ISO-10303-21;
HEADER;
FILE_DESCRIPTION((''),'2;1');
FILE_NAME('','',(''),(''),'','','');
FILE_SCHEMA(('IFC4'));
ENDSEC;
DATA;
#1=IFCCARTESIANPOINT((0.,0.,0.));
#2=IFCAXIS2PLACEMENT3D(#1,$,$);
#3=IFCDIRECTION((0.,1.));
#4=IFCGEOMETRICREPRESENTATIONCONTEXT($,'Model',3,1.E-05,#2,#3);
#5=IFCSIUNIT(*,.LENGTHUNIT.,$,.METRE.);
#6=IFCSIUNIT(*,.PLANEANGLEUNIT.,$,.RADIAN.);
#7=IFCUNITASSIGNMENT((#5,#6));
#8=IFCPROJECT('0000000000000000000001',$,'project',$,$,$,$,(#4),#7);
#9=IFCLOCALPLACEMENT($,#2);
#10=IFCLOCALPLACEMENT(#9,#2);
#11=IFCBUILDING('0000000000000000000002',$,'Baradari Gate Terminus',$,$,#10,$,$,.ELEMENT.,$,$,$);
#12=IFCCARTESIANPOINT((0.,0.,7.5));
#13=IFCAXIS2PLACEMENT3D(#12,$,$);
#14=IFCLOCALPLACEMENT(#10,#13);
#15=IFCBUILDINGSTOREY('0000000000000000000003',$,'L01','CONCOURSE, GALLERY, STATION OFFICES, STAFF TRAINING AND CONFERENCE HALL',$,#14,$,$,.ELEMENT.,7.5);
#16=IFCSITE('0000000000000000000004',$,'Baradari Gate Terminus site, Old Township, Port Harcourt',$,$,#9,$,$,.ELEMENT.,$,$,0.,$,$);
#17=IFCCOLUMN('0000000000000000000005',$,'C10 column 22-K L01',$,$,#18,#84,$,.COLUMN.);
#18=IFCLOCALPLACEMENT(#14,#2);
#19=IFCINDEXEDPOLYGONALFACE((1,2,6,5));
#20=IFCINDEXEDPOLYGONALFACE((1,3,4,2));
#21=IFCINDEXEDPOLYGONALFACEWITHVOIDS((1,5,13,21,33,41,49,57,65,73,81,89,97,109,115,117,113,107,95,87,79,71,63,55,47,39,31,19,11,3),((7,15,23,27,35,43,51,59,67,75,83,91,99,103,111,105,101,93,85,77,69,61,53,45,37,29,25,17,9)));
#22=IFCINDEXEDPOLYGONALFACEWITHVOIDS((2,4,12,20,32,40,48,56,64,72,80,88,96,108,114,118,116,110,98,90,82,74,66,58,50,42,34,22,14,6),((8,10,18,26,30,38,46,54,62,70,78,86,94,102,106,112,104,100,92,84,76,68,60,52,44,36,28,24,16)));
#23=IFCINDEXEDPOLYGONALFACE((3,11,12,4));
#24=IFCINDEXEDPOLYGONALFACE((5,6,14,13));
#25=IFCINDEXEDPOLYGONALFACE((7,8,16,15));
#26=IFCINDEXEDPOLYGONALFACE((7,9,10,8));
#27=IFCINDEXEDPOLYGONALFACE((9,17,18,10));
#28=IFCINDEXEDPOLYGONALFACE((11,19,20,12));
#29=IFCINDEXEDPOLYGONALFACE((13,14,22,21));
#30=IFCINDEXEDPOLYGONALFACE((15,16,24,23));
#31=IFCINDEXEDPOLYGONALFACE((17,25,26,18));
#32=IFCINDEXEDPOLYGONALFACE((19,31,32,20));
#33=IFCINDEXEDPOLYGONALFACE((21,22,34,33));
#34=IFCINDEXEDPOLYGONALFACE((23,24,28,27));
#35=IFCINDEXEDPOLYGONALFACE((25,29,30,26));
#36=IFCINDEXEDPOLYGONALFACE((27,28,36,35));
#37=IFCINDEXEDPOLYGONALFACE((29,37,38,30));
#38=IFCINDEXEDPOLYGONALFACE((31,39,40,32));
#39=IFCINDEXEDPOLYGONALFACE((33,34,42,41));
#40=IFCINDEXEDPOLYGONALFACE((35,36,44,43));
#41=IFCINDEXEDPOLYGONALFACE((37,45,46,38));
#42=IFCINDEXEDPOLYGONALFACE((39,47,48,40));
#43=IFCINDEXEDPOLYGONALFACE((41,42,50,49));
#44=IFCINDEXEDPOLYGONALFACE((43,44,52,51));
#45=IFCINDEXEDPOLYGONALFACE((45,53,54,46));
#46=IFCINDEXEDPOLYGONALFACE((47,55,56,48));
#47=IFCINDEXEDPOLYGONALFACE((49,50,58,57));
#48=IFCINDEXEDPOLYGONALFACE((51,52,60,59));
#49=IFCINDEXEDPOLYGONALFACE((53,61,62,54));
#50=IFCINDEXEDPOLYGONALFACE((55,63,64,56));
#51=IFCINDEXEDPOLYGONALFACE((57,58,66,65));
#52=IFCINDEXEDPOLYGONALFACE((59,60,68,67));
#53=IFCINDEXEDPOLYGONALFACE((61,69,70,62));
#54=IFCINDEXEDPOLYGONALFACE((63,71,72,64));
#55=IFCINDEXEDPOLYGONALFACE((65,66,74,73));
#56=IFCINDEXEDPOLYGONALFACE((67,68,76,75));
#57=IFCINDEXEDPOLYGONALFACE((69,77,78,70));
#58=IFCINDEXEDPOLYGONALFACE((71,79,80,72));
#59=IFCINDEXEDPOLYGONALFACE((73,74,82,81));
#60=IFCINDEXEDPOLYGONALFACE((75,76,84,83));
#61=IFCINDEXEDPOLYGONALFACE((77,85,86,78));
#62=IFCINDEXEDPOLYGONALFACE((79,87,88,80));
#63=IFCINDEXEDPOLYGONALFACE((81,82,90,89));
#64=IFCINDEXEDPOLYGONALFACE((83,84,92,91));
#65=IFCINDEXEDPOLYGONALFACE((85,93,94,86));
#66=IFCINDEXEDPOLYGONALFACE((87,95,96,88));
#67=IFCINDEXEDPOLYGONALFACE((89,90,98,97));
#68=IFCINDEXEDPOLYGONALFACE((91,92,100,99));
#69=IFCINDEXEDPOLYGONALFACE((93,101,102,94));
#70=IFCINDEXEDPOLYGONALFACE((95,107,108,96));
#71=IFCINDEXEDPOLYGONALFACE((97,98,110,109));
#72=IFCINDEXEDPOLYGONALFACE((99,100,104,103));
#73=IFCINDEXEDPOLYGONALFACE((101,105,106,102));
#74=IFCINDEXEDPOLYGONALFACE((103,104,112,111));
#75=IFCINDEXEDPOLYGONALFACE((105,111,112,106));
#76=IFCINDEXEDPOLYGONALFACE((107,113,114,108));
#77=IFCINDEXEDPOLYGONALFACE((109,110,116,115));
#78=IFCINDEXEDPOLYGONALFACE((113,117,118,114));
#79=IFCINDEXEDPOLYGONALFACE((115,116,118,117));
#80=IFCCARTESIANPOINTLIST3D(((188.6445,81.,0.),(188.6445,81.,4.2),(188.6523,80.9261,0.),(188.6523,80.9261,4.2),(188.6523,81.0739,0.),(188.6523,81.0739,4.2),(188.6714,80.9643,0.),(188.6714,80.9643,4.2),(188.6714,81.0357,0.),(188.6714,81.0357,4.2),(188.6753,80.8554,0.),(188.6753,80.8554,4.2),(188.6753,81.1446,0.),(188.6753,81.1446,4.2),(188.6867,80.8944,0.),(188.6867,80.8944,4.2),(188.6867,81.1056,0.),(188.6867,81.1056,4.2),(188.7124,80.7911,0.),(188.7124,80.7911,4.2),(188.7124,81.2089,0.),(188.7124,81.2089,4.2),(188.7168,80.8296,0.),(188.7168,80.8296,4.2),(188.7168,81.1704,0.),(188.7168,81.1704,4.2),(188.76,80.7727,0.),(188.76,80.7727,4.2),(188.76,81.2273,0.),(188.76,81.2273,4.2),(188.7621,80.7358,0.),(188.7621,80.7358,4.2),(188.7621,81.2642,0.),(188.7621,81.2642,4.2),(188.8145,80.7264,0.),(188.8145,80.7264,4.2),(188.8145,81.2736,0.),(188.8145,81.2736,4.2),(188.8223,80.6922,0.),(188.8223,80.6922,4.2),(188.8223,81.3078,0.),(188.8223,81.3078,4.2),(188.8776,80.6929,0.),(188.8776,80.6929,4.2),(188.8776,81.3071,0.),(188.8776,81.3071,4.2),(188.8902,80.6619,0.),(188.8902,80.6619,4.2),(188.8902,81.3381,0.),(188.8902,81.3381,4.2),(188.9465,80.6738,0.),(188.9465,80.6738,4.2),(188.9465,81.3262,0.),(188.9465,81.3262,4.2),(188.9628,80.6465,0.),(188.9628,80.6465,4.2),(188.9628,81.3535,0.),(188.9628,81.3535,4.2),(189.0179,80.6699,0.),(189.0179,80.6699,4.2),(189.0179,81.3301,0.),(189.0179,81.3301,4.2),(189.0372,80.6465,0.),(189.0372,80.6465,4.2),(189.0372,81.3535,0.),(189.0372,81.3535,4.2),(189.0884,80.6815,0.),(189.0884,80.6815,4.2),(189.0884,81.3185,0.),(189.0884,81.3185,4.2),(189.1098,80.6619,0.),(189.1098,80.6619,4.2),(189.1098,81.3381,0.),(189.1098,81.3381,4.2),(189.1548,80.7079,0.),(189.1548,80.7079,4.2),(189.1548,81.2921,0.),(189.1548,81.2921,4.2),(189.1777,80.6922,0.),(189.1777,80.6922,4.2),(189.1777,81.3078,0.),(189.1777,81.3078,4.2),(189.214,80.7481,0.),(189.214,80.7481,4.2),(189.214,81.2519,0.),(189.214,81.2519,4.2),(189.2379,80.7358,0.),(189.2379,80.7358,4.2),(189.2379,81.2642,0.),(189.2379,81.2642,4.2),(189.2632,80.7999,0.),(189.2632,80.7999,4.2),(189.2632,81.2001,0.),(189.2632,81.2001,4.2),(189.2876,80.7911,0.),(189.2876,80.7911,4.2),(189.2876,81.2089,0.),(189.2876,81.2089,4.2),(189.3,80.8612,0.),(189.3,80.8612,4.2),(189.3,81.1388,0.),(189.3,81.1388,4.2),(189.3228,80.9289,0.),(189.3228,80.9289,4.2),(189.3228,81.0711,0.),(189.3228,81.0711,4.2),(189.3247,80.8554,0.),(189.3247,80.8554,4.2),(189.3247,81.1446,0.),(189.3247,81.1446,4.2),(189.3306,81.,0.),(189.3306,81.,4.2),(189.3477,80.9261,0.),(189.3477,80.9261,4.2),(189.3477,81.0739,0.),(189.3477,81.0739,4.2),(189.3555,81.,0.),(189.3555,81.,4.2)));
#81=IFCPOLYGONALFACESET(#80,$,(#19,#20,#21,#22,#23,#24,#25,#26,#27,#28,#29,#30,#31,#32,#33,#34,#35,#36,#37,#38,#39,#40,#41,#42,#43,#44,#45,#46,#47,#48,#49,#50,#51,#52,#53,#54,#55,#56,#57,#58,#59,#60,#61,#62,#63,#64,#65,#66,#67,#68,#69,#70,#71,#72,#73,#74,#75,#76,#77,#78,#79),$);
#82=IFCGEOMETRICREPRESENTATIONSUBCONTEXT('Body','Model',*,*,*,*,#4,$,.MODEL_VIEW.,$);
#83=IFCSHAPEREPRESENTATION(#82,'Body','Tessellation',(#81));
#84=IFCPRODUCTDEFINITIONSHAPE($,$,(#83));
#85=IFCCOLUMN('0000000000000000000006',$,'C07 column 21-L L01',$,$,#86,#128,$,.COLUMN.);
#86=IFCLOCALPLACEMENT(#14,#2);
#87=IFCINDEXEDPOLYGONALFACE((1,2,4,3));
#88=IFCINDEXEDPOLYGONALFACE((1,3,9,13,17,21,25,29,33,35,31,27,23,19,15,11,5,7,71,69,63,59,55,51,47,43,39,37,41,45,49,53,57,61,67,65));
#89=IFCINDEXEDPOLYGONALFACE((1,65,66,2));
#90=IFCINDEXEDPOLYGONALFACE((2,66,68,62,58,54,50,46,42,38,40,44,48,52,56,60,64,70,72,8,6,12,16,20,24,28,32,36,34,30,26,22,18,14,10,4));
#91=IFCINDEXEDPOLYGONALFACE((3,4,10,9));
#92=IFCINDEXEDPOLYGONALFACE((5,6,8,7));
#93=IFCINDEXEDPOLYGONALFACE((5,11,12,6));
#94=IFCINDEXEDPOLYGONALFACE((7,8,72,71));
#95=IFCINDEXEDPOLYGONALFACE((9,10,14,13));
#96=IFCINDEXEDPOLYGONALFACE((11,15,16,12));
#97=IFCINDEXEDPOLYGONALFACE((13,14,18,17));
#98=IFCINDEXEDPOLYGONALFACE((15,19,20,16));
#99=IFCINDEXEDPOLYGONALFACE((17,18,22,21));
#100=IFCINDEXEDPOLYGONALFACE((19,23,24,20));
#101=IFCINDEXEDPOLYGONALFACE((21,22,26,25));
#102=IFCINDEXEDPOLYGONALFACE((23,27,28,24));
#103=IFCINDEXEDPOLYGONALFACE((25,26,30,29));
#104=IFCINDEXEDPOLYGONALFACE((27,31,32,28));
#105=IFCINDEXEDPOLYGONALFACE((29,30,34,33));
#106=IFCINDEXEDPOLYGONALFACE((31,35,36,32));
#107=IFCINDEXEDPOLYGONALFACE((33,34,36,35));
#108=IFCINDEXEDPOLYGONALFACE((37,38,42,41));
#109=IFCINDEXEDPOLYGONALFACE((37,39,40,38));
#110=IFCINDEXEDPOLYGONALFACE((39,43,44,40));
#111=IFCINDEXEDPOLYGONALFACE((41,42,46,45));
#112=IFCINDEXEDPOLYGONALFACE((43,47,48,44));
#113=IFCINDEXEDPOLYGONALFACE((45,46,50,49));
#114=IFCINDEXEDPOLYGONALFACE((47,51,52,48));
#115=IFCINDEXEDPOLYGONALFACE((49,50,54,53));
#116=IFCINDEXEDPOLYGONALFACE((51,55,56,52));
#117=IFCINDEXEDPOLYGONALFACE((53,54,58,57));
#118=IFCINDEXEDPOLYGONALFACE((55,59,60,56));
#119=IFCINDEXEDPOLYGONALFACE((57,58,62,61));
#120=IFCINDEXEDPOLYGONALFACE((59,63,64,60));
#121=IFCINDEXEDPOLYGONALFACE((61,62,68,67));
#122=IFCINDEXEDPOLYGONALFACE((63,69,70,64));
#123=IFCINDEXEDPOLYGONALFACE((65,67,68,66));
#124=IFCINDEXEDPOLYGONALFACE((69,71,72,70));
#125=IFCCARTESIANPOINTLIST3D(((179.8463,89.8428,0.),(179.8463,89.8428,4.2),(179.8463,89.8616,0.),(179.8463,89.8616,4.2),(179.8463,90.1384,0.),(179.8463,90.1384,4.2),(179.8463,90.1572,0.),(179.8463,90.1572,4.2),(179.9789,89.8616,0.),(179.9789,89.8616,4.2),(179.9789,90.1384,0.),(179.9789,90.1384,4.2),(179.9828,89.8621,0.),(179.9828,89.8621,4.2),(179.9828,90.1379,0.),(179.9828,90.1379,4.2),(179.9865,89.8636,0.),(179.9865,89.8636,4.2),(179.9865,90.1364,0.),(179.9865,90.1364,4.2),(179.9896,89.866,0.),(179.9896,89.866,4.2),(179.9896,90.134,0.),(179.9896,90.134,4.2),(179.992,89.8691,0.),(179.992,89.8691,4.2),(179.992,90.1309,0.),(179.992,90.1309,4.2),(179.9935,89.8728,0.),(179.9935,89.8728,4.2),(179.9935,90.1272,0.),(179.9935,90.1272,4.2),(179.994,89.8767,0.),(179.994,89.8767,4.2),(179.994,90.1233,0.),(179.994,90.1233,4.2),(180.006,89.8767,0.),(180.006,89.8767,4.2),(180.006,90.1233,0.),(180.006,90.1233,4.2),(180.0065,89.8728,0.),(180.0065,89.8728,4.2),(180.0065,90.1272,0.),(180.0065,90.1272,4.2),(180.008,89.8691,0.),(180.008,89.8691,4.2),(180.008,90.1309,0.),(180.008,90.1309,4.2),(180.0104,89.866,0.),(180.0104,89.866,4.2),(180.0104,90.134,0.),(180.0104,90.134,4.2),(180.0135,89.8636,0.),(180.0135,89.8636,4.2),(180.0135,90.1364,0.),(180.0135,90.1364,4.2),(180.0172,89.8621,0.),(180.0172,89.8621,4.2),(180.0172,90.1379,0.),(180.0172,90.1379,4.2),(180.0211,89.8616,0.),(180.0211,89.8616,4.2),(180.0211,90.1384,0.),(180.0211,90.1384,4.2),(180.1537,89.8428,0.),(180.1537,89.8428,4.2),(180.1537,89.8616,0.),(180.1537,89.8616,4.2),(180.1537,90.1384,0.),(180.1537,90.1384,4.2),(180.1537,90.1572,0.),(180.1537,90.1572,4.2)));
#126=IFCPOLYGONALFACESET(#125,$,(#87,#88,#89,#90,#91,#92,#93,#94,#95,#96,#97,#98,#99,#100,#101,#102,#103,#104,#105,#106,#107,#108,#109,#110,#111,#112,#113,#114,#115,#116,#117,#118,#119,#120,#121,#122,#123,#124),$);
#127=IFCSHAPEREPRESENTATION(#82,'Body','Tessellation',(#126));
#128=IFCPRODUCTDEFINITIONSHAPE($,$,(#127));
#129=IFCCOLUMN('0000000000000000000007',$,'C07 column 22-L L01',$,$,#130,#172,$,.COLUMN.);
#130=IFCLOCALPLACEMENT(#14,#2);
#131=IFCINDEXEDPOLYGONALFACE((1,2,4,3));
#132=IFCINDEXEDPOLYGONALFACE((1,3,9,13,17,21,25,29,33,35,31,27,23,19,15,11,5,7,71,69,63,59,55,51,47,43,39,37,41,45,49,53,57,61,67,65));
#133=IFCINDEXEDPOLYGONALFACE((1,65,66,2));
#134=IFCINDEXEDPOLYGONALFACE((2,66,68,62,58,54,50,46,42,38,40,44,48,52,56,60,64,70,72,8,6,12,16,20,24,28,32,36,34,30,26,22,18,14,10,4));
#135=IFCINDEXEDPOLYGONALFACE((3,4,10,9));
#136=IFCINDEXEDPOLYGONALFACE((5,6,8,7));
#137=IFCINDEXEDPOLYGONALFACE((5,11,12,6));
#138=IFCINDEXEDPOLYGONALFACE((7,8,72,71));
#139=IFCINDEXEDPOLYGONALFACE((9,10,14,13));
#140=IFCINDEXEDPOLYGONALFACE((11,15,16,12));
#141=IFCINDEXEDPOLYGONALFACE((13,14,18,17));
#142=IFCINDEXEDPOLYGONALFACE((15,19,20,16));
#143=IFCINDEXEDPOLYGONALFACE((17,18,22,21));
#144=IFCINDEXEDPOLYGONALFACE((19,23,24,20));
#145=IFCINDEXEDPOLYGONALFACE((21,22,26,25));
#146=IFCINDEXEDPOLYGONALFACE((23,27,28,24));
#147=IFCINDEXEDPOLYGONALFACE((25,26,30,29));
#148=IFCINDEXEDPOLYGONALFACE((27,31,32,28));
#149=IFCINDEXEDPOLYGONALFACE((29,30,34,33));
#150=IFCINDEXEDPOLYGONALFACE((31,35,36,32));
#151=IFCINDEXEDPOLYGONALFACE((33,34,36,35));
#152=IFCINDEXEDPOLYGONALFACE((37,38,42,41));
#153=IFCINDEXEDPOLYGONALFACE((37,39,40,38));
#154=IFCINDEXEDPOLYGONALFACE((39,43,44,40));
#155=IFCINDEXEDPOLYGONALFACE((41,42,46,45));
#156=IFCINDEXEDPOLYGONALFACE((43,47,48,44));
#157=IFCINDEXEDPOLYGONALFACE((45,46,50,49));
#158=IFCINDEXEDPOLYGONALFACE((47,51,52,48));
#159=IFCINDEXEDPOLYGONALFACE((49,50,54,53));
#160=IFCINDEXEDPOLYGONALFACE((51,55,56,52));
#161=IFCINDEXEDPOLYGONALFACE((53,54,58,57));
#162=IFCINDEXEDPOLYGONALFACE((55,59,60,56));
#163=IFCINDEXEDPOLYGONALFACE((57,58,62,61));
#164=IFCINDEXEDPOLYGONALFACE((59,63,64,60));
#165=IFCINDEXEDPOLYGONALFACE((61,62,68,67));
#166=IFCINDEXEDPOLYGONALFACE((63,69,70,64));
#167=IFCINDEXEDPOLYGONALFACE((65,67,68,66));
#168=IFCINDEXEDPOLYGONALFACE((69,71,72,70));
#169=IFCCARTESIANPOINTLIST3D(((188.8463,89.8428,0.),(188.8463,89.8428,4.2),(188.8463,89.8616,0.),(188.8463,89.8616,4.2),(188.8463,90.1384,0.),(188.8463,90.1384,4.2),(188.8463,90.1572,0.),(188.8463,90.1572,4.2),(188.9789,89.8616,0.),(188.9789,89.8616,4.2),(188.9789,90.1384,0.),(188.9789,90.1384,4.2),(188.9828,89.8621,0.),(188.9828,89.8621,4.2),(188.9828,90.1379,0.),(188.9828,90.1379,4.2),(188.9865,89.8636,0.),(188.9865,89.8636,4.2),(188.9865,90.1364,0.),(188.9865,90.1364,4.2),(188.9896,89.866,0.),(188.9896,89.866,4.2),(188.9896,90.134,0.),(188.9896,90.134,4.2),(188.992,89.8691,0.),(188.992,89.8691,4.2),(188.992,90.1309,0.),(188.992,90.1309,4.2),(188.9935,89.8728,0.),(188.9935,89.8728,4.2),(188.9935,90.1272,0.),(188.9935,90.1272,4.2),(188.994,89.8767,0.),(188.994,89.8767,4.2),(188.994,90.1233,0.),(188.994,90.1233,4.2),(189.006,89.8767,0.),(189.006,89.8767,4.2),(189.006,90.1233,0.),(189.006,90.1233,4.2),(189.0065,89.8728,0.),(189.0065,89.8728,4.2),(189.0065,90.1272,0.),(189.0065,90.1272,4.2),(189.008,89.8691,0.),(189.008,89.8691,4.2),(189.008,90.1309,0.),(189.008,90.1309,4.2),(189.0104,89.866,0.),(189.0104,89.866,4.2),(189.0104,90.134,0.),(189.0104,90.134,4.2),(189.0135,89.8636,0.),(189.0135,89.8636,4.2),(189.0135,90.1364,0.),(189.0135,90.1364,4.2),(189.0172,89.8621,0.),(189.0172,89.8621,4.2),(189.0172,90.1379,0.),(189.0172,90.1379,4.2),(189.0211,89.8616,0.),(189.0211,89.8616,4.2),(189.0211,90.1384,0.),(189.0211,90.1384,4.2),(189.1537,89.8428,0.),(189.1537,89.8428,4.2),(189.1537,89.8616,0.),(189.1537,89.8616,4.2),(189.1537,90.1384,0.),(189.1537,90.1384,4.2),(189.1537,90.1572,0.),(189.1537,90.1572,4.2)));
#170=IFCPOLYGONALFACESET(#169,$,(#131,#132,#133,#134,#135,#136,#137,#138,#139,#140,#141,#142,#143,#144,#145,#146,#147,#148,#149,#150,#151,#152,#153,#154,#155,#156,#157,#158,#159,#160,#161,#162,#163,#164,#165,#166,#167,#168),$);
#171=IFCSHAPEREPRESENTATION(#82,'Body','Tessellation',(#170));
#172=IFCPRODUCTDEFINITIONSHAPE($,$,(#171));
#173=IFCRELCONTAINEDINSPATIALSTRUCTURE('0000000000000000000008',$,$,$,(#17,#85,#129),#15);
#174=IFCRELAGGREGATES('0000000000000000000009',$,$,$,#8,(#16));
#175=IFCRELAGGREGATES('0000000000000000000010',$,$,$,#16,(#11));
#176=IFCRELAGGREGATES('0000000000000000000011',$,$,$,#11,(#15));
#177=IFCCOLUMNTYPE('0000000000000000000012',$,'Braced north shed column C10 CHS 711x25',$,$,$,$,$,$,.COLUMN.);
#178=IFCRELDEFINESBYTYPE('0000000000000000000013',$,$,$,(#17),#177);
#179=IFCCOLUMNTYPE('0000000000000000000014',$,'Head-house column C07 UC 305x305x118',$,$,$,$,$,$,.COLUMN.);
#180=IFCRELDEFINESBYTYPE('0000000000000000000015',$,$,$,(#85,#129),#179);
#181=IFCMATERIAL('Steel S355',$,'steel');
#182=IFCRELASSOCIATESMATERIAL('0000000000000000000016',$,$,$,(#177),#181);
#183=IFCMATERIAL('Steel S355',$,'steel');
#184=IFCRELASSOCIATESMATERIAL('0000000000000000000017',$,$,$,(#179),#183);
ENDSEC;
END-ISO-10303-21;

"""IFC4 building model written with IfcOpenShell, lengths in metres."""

from ifc_helpers import new_model, si_unit, direction, frame, origin, origin_2d, place, context, subcontext, project, spatial, hollow_circle, i_section, extrude, material, material_profile, profile_set, type_object, element, save


model = new_model("IFC4")

# Units and contexts
model_context = context("Model", 3, precision=1e-05, world=origin(), true_north=direction((0.0, 1.0)))
body_context = subcontext(model_context, "Body", "Model", "MODEL_VIEW")
ifc_project = project(units=[si_unit("LENGTHUNIT", "METRE"), si_unit("PLANEANGLEUNIT", "RADIAN")], contexts=[model_context])

# Site, building, storey
site_placement = place(None, origin())
site = spatial("IfcSite", under=ifc_project, at=site_placement, Name="Baradari Gate Terminus site, Old Township, Port Harcourt", CompositionType="ELEMENT", RefElevation=0.0)
building_placement = place(site_placement, origin())
building = spatial("IfcBuilding", under=site, at=building_placement, Name="Baradari Gate Terminus", CompositionType="ELEMENT")
storey_placement = place(building_placement, frame((0.0, 0.0, 7.5)))
storey = spatial("IfcBuildingStorey", under=building, at=storey_placement, Name="L01", Description="CONCOURSE, GALLERY, STATION OFFICES, STAFF TRAINING AND CONFERENCE HALL", CompositionType="ELEMENT", Elevation=7.5)

# Columns
ifc_material_1 = material(Name="Steel S355", Category="steel")
ifc_material_profile_1 = material_profile(ifc_material_1, hollow_circle(Radius=0.3555, WallThickness=0.0249, at=origin_2d()), Name="CHS 711x25")
ifc_profile_set_1 = profile_set([ifc_material_profile_1], Name="Steel S355")
column_type_1 = type_object("IfcColumnType", Name="Braced north shed column C10 CHS 711x25", PredefinedType="COLUMN", material=ifc_profile_set_1)
column_placement = place(storey_placement, frame((189.0, 81.0, 0.0), z_axis=(0.0, 0.0, 1.0), x_axis=(1.0, 0.0, 0.0)))
element("IfcColumn", 1, at=column_placement, inside=storey, type_object=column_type_1, Name="C10 column 22-K L01", PredefinedType="COLUMN", context=body_context, shape_type="SweptSolid", body=[
    extrude(hollow_circle(Radius=0.3555, WallThickness=0.0249, at=origin_2d()), origin(), (0.0, 0.0, 1.0), 4.2),
])
ifc_material_2 = material(Name="Steel S355", Category="steel")
ifc_material_profile_2 = material_profile(ifc_material_2, i_section(OverallWidth=0.3074, OverallDepth=0.3145, WebThickness=0.012, FlangeThickness=0.0188, FilletRadius=0.0151, at=origin_2d()), Name="UC 305x305x118")
ifc_profile_set_2 = profile_set([ifc_material_profile_2], Name="Steel S355")
column_type_2 = type_object("IfcColumnType", Name="Head-house column C07 UC 305x305x118", PredefinedType="COLUMN", material=ifc_profile_set_2)
for number, where, z_axis, x_axis, name in (
    (2, (180.0, 90.0, 0.0), (0.0, 0.0, 1.0), (1.0, 0.0, 0.0), "C07 column 21-L L01"),
    (3, (189.0, 90.0, 0.0), (0.0, 0.0, 1.0), (1.0, 0.0, 0.0), "C07 column 22-L L01"),
):
    element("IfcColumn", number, at=place(storey_placement, frame(where, z_axis=z_axis, x_axis=x_axis)), inside=storey, type_object=column_type_2, Name=name, PredefinedType="COLUMN", context=body_context, shape_type="SweptSolid", body=[
        extrude(i_section(OverallWidth=0.3074, OverallDepth=0.3145, WebThickness=0.012, FlangeThickness=0.0188, FilletRadius=0.0151, at=origin_2d()), origin(), (0.0, 0.0, 1.0), 4.2),
    ])

save(model, "model.ifc")
